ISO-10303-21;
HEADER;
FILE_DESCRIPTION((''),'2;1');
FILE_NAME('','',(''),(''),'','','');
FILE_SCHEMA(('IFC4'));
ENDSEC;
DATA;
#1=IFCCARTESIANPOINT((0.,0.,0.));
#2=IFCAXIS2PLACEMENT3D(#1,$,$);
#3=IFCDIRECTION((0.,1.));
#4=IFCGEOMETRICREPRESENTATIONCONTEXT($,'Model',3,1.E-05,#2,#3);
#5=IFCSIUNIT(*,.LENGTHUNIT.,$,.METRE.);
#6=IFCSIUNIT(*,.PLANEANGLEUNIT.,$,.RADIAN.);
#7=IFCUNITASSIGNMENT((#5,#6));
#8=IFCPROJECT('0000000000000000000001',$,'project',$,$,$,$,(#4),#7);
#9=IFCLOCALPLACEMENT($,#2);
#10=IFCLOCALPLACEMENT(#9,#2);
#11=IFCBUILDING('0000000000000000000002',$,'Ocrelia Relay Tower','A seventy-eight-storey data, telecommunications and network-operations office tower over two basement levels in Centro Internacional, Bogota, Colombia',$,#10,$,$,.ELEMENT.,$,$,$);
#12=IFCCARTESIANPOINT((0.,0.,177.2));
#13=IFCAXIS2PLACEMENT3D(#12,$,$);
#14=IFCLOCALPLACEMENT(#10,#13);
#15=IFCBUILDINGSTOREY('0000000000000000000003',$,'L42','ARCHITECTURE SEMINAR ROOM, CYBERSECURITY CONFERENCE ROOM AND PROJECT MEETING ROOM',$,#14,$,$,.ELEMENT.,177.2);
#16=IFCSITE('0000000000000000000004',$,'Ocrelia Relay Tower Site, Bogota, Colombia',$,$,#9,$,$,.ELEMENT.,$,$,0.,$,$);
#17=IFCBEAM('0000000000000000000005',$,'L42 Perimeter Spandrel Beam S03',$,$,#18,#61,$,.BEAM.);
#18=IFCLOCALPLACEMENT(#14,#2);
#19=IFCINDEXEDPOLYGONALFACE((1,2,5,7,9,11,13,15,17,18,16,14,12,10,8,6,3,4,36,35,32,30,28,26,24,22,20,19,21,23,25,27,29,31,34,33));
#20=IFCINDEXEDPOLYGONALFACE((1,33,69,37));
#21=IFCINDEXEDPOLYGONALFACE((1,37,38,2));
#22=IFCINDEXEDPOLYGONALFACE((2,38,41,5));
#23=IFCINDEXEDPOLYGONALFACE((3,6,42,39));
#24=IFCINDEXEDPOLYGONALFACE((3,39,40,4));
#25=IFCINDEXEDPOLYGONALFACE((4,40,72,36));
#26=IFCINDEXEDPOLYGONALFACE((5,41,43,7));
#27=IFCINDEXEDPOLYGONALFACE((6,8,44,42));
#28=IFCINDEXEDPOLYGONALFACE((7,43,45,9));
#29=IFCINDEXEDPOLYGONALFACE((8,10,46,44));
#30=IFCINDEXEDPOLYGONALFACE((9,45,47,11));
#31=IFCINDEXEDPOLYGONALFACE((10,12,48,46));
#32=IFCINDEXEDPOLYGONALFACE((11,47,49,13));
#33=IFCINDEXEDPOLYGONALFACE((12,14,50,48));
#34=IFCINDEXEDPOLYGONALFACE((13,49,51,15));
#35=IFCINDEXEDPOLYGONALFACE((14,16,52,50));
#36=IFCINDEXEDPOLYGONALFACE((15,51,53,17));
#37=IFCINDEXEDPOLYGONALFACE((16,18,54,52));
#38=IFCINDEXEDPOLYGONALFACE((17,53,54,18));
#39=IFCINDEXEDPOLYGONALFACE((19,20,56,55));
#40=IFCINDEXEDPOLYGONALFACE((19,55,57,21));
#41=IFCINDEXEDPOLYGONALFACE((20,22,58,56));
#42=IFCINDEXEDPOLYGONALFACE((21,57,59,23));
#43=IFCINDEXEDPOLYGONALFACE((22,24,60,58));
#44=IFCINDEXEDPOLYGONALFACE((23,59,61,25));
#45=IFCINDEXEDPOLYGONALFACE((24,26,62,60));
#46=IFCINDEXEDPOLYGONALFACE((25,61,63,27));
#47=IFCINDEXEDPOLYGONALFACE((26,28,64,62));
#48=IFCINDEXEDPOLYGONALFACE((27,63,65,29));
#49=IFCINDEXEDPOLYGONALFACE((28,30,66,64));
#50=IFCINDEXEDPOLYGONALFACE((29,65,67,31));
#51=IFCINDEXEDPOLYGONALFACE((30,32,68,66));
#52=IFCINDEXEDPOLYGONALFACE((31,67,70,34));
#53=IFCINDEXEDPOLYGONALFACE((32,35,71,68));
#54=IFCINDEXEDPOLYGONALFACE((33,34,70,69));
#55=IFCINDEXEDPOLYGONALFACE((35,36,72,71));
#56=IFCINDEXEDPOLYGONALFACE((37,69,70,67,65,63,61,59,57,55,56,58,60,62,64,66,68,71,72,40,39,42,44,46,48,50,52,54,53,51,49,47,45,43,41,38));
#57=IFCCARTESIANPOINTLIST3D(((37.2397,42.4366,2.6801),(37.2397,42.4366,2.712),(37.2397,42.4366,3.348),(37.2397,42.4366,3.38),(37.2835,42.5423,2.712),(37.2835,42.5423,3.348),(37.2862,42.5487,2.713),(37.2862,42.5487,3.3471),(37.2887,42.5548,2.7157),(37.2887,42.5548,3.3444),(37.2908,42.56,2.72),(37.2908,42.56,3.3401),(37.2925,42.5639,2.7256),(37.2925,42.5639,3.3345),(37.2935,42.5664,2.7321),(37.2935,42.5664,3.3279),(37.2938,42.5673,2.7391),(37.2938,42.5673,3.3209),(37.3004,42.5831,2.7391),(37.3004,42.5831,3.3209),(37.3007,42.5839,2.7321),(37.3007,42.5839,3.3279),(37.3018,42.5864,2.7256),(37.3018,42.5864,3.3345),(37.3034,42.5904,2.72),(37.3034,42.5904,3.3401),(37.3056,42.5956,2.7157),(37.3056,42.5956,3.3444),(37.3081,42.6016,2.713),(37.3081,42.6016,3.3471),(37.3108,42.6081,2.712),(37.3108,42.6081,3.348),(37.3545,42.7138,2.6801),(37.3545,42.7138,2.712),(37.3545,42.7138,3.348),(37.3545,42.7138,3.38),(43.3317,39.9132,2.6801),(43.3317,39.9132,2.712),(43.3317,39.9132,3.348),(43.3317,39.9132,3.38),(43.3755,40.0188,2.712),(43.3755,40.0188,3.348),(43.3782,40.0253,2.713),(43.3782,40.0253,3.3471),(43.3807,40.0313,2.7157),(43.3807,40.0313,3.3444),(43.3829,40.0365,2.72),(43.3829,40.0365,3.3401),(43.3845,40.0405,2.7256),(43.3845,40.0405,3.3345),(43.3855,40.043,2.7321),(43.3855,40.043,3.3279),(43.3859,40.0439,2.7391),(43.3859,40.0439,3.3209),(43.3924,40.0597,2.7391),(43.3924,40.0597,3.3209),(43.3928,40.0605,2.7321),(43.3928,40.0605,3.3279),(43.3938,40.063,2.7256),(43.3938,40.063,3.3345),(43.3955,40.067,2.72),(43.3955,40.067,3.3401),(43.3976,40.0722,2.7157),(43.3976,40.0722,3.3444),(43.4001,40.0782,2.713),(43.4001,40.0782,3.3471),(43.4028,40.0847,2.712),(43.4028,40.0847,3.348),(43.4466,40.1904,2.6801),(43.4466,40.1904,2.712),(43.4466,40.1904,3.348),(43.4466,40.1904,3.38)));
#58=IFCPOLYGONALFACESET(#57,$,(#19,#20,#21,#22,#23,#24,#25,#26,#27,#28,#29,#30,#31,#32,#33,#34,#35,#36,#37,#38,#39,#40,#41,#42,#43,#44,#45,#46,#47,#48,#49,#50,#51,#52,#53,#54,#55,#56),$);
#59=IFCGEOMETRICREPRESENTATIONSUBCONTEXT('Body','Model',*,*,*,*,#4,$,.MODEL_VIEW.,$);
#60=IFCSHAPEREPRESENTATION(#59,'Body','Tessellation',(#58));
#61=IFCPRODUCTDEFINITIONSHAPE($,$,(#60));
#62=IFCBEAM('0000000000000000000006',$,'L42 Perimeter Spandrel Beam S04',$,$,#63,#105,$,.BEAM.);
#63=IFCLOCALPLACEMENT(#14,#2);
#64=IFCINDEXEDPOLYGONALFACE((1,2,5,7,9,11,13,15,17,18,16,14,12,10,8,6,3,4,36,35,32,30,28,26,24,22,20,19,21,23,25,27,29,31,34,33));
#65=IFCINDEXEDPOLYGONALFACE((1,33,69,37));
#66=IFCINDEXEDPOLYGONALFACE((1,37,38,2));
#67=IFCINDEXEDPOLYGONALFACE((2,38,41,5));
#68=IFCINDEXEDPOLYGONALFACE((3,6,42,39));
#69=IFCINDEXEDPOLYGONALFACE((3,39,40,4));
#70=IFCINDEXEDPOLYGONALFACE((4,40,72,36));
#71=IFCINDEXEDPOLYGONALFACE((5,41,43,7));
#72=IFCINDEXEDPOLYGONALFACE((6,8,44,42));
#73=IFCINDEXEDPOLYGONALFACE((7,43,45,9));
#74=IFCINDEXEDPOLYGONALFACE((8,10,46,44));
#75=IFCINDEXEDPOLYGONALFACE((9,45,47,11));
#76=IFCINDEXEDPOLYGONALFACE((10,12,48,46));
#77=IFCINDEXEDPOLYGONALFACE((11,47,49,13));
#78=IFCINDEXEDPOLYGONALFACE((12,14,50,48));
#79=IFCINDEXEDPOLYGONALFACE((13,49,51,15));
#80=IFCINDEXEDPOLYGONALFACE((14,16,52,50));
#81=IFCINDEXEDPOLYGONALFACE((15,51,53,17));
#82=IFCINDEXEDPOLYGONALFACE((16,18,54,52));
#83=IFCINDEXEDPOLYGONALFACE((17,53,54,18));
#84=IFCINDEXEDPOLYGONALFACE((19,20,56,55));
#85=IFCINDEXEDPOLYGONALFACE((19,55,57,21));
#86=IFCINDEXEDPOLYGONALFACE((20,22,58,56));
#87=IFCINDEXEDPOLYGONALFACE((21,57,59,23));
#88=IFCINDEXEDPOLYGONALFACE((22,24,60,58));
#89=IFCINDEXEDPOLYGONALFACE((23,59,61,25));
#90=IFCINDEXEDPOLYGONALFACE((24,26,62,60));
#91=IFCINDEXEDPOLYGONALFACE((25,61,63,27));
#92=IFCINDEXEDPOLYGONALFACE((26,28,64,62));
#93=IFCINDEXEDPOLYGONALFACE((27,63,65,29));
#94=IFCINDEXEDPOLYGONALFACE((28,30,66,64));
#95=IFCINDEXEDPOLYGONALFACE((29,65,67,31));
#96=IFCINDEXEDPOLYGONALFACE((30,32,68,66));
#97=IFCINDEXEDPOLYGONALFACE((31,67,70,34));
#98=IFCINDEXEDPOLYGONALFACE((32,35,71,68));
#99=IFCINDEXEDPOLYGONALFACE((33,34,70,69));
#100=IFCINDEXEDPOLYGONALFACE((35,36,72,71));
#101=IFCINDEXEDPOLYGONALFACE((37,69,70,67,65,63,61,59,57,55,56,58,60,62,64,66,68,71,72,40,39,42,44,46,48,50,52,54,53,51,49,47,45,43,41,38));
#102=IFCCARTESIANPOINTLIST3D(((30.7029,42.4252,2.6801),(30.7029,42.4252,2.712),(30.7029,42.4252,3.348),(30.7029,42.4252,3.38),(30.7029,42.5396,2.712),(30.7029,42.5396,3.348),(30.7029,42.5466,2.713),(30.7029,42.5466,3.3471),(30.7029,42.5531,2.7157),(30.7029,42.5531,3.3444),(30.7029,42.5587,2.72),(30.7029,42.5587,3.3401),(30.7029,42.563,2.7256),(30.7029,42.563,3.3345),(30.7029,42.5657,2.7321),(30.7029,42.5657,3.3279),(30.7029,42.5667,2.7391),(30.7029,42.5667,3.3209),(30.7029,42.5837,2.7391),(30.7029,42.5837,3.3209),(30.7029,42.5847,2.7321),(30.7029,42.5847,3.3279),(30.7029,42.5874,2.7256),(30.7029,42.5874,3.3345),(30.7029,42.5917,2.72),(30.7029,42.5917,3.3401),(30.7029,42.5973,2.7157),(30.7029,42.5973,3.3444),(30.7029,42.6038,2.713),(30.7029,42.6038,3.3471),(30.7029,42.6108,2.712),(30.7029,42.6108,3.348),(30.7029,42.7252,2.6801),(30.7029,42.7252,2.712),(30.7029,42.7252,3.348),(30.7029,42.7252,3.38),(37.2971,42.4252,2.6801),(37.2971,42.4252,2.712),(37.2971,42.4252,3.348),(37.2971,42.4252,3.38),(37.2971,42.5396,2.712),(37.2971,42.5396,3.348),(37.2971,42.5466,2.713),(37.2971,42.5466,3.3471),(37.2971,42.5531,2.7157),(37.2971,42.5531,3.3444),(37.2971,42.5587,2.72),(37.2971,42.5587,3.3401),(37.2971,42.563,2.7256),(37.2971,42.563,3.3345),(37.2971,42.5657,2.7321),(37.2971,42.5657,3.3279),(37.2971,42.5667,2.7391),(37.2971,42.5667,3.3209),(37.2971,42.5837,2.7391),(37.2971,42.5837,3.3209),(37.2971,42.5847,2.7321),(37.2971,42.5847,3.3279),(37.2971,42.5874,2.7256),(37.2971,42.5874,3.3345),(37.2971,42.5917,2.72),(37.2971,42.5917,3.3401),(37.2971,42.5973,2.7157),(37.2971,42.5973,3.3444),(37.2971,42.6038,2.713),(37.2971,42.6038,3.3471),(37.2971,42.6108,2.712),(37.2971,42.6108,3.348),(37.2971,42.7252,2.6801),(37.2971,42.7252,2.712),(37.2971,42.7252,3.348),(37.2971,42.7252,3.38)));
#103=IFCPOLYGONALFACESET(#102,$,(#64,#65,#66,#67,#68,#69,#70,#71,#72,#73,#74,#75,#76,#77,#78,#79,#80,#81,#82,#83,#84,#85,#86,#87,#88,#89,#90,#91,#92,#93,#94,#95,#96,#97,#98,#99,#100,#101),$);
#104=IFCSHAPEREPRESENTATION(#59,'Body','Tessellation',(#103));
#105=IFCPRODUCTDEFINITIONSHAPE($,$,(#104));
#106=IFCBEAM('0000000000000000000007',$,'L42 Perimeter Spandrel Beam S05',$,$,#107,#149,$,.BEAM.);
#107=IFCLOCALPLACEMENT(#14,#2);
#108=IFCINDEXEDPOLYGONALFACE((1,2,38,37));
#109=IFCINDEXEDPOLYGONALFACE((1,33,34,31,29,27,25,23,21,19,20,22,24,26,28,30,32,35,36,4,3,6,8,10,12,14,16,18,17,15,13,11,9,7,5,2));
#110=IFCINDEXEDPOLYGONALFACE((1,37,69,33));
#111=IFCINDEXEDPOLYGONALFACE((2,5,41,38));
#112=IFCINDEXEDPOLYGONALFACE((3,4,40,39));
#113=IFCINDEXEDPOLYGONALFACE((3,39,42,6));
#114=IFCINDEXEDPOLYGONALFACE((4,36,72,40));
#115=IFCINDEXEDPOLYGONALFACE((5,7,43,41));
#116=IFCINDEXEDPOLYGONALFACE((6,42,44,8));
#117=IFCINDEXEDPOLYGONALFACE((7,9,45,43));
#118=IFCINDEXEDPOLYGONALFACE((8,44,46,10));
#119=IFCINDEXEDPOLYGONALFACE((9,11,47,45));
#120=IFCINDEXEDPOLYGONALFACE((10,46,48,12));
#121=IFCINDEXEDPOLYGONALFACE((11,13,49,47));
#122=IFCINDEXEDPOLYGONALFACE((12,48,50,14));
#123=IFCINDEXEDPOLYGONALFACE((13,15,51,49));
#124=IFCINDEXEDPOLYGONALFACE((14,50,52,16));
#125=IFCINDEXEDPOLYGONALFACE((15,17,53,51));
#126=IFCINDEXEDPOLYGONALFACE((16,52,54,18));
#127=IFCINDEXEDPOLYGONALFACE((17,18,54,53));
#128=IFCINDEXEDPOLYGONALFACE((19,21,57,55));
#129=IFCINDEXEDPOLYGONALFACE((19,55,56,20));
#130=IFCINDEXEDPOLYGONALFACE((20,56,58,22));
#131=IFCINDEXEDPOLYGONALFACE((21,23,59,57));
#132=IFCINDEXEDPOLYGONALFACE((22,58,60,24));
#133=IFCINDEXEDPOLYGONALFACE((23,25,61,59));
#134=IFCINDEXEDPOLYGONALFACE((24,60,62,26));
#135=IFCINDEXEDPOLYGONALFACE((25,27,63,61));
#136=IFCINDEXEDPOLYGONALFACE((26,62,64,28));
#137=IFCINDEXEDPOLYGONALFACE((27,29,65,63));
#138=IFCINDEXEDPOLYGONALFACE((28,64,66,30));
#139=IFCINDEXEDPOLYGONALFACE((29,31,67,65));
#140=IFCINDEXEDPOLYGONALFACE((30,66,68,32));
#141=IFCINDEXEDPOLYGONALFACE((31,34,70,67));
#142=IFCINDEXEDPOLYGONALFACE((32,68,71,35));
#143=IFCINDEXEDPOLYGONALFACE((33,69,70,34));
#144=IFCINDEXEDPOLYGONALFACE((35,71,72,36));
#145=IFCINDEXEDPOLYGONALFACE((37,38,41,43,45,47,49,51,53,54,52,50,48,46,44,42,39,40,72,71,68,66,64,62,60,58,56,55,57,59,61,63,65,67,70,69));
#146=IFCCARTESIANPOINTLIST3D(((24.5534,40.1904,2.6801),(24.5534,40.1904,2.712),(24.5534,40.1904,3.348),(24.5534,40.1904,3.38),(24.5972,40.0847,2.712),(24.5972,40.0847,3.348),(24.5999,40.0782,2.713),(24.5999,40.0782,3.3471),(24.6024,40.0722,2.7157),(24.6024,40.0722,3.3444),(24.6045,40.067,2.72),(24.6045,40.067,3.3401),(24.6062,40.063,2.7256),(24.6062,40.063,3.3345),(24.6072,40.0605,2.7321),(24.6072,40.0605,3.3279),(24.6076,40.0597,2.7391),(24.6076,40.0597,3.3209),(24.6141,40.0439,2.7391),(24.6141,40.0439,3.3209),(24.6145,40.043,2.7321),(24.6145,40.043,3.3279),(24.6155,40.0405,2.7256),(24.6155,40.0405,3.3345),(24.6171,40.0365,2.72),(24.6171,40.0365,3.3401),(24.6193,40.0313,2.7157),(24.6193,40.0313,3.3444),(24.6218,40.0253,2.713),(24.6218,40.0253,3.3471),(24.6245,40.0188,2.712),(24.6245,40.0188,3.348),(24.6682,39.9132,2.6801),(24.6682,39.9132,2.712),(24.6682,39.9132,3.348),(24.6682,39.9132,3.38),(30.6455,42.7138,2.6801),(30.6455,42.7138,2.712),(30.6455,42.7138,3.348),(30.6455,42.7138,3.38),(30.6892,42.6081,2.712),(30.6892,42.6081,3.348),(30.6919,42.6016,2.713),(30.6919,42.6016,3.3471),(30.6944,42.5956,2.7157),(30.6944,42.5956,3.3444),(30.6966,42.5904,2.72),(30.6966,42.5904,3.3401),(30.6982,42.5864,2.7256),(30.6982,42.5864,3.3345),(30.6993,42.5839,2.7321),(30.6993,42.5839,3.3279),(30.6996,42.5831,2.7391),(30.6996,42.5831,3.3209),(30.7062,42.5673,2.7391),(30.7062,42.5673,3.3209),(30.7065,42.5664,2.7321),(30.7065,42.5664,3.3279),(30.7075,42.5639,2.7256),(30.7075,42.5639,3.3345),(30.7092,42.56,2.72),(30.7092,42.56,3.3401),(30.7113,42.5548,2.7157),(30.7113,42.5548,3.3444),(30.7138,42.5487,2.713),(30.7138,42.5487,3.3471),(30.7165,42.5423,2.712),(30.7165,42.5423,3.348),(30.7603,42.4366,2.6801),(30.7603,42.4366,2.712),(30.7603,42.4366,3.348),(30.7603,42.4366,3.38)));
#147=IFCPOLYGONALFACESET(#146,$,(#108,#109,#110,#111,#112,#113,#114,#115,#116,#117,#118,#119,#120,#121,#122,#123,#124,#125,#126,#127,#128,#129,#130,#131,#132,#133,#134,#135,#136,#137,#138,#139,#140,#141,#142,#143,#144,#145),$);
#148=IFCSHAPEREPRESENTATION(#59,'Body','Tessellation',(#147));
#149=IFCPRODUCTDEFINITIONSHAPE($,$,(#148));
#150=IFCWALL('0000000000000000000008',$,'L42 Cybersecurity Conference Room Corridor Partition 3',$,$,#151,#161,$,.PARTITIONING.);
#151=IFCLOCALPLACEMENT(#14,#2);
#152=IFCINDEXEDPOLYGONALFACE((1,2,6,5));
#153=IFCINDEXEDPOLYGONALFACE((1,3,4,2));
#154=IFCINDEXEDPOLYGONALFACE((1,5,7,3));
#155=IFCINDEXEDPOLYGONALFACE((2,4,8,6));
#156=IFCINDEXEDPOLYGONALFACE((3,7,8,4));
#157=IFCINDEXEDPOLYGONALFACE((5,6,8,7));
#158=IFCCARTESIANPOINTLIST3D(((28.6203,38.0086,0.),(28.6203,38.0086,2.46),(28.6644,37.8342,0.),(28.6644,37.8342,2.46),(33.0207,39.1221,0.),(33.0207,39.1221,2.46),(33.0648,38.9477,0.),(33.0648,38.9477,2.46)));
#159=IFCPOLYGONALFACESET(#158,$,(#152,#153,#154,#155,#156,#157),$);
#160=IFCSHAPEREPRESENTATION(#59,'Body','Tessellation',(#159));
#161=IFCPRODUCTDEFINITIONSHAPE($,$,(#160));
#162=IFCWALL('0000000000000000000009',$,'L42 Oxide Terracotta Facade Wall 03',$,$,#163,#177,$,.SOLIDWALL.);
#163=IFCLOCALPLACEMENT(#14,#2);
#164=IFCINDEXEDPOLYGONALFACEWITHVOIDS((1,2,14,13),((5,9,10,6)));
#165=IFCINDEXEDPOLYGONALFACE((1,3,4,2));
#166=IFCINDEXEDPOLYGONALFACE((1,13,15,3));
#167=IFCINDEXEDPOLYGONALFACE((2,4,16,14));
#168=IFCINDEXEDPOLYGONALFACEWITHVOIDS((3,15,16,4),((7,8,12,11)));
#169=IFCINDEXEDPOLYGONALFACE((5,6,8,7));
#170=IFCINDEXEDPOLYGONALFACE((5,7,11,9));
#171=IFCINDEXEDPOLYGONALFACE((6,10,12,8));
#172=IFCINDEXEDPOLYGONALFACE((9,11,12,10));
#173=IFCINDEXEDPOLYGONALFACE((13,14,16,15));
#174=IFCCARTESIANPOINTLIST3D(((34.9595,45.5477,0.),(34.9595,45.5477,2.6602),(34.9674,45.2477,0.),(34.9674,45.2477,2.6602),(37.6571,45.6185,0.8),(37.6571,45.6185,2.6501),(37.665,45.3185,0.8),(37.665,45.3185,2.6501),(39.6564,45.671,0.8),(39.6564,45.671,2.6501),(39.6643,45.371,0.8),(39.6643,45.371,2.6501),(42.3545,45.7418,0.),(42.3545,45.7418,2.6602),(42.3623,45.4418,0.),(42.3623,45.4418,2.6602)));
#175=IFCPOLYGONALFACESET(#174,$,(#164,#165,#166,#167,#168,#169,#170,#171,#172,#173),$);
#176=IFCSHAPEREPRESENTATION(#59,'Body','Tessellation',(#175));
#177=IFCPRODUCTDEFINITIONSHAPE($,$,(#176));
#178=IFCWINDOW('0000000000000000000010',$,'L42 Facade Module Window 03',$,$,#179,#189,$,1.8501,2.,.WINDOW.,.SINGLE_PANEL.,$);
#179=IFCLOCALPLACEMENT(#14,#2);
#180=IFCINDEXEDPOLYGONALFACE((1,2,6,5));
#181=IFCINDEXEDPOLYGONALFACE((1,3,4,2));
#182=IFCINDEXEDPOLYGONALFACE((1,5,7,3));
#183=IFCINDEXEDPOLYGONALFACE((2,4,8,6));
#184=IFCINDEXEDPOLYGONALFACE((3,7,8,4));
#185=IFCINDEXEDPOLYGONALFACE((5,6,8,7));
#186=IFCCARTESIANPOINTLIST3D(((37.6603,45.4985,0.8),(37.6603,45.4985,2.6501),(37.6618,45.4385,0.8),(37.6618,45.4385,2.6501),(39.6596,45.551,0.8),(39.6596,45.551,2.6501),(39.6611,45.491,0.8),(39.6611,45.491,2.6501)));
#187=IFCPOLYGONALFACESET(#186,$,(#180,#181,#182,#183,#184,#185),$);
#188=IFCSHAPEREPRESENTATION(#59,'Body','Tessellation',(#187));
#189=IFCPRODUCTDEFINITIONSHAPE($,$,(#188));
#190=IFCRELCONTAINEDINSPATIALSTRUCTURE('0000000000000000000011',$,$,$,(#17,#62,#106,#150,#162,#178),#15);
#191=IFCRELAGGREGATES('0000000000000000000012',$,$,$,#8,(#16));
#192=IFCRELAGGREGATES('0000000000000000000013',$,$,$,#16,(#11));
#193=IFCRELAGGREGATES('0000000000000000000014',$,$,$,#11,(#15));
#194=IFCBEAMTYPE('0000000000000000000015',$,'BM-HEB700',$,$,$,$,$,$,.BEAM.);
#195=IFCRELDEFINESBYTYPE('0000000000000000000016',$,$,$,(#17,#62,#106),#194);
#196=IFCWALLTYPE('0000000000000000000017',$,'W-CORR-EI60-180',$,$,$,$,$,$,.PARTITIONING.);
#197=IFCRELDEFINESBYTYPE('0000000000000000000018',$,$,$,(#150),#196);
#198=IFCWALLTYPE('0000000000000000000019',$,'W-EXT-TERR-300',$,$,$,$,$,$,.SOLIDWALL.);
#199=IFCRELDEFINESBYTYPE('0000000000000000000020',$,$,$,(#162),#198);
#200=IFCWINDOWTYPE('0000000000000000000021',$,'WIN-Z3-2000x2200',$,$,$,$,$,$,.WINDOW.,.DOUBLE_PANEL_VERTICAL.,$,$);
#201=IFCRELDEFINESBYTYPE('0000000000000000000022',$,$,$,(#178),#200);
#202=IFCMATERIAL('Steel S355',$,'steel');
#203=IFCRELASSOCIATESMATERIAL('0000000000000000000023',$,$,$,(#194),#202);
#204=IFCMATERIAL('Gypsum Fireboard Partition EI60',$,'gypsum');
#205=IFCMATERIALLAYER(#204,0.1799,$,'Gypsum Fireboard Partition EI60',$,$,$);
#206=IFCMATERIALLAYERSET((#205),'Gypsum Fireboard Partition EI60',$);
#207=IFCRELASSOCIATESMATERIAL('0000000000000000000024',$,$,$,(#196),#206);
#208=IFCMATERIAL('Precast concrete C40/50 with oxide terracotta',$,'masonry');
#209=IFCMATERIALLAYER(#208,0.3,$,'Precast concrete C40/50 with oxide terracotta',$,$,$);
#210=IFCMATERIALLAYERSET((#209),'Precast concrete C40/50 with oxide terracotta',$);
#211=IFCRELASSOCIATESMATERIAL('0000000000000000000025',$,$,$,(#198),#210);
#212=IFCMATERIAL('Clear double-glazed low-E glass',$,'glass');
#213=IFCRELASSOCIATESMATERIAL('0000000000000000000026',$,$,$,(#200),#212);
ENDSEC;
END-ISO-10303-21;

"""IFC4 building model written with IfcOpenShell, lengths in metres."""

from ifc_helpers import new_model, si_unit, direction, frame, frame_2d, origin, origin_2d, place, context, subcontext, project, spatial, rectangle, i_section, extrude, material, layer, layer_set, material_profile, profile_set, type_object, element, fill, save


model = new_model("IFC4")

# Units and contexts
model_context = context("Model", 3, precision=1e-05, world=origin(), true_north=direction((0.0, 1.0)))
body_context = subcontext(model_context, "Body", "Model", "MODEL_VIEW")
ifc_project = project(units=[si_unit("LENGTHUNIT", "METRE"), si_unit("PLANEANGLEUNIT", "RADIAN")], contexts=[model_context])

# Site, building, storey
site_placement = place(None, origin())
site = spatial("IfcSite", under=ifc_project, at=site_placement, Name="Ocrelia Relay Tower Site, Bogota, Colombia", CompositionType="ELEMENT", RefElevation=0.0)
building_placement = place(site_placement, origin())
building = spatial("IfcBuilding", under=site, at=building_placement, Name="Ocrelia Relay Tower", Description="A seventy-eight-storey data, telecommunications and network-operations office tower over two basement levels in Centro Internacional, Bogota, Colombia", CompositionType="ELEMENT")
storey_placement = place(building_placement, frame((0.0, 0.0, 177.2)))
storey = spatial("IfcBuildingStorey", under=building, at=storey_placement, Name="L42", Description="ARCHITECTURE SEMINAR ROOM, CYBERSECURITY CONFERENCE ROOM AND PROJECT MEETING ROOM", CompositionType="ELEMENT", Elevation=177.2)

# Beams
ifc_material_1 = material(Name="Steel S355", Category="steel")
ifc_material_profile_1 = material_profile(ifc_material_1, i_section(OverallWidth=0.3, OverallDepth=0.7, WebThickness=0.0171, FlangeThickness=0.032, FilletRadius=0.0271, at=origin_2d()), Name="HEB 700")
ifc_profile_set_1 = profile_set([ifc_material_profile_1], Name="Steel S355")
beam_type_1 = type_object("IfcBeamType", Name="BM-HEB700", PredefinedType="BEAM", material=ifc_profile_set_1)
beam_1_placement = place(storey_placement, frame((43.3892, 40.0518, 3.03), z_axis=(-0.923878, 0.382688, 0.0), x_axis=(-0.382688, -0.923878, 0.0)))
element("IfcBeam", 1, at=beam_1_placement, inside=storey, type_object=beam_type_1, Name="L42 Perimeter Spandrel Beam S03", PredefinedType="BEAM", context=body_context, shape_type="SweptSolid", body=[
    extrude(i_section(OverallWidth=0.3, OverallDepth=0.7, WebThickness=0.0171, FlangeThickness=0.032, FilletRadius=0.0271, at=origin_2d()), origin(), (0.0, 0.0, 1.0), 6.594),
])
beam_2_placement = place(storey_placement, frame((37.2971, 42.5752, 3.03), z_axis=(-1.0, 0.0, 0.0), x_axis=(0.0, -1.0, 0.0)))
element("IfcBeam", 2, at=beam_2_placement, inside=storey, type_object=beam_type_1, Name="L42 Perimeter Spandrel Beam S04", PredefinedType="BEAM", context=body_context, shape_type="SweptSolid", body=[
    extrude(i_section(OverallWidth=0.3, OverallDepth=0.7, WebThickness=0.0171, FlangeThickness=0.032, FilletRadius=0.0271, at=origin_2d()), origin(), (0.0, 0.0, 1.0), 6.5942),
])
beam_3_placement = place(storey_placement, frame((30.7029, 42.5752, 3.03), z_axis=(-0.923878, -0.382688, 0.0), x_axis=(0.382688, -0.923878, 0.0)))
element("IfcBeam", 3, at=beam_3_placement, inside=storey, type_object=beam_type_1, Name="L42 Perimeter Spandrel Beam S05", PredefinedType="BEAM", context=body_context, shape_type="SweptSolid", body=[
    extrude(i_section(OverallWidth=0.3, OverallDepth=0.7, WebThickness=0.0171, FlangeThickness=0.032, FilletRadius=0.0271, at=origin_2d()), origin(), (0.0, 0.0, 1.0), 6.594),
])

# Wall
ifc_material_2 = material(Name="Gypsum Fireboard Partition EI60", Category="gypsum")
ifc_layer_1 = layer(ifc_material_2, 0.1799, Name="Gypsum Fireboard Partition EI60")
ifc_layer_set_1 = layer_set([ifc_layer_1], Name="Gypsum Fireboard Partition EI60")
wall_type_1 = type_object("IfcWallType", Name="W-CORR-EI60-180", PredefinedType="PARTITIONING", material=ifc_layer_set_1)
wall_1_placement = place(storey_placement, frame((33.0427, 39.0349, 0.0), z_axis=(0.0, 0.0, 1.0), x_axis=(-0.969442, -0.245319, 0.0)))
element("IfcWall", 4, at=wall_1_placement, inside=storey, type_object=wall_type_1, Name="L42 Cybersecurity Conference Room Corridor Partition 3", PredefinedType="PARTITIONING", context=body_context, shape_type="SweptSolid", body=[
    extrude(rectangle(XDim=4.5391, YDim=0.1799, at=frame_2d((2.2695, 0.0))), origin(), (0.0, 0.0, 1.0), 2.46),
])

# Wall, opening, window
ifc_material_3 = material(Name="Precast concrete C40/50 with oxide terracotta", Category="masonry")
ifc_layer_2 = layer(ifc_material_3, 0.3, Name="Precast concrete C40/50 with oxide terracotta")
ifc_layer_set_2 = layer_set([ifc_layer_2], Name="Precast concrete C40/50 with oxide terracotta")
wall_type_2 = type_object("IfcWallType", Name="W-EXT-TERR-300", PredefinedType="SOLIDWALL", material=ifc_layer_set_2)
wall_2_placement = place(storey_placement, frame((42.3584, 45.5918, 0.0), z_axis=(0.0, 0.0, 1.0), x_axis=(-0.999656, -0.026237, 0.0)))
wall_2 = element("IfcWall", 5, at=wall_2_placement, inside=storey, type_object=wall_type_2, Name="L42 Oxide Terracotta Facade Wall 03", PredefinedType="SOLIDWALL", context=body_context, shape_type="SweptSolid", body=[
    extrude(rectangle(XDim=7.3975, YDim=0.3, at=frame_2d((3.6987, 0.0))), origin(), (0.0, 0.0, 1.0), 2.6602),
])
opening_1_placement = place(wall_2_placement, frame((2.699, 0.0, 0.8)))
opening_1 = element("IfcOpeningElement", 6, at=opening_1_placement, cuts=wall_2, PredefinedType="OPENING", context=body_context, shape_type="SweptSolid", body=[
    extrude(rectangle(XDim=2.0, YDim=1.8501, at=frame_2d((1.0, 0.925))), frame((0.0, 0.1602, 0.0), z_axis=(0.0, -1.0, 0.0), x_axis=(1.0, 0.0, 0.0)), (0.0, 0.0, 1.0), 0.3201),
])
ifc_material_4 = material(Name="Clear double-glazed low-E glass", Category="glass")
window_type = type_object("IfcWindowType", Name="WIN-Z3-2000x2200", PartitioningType="DOUBLE_PANEL_VERTICAL", PredefinedType="WINDOW", material=ifc_material_4)
window_1_placement = place(opening_1_placement, origin())
window_1 = element("IfcWindow", 7, at=window_1_placement, inside=storey, type_object=window_type, Name="L42 Facade Module Window 03", OverallHeight=1.8501, OverallWidth=2.0, PartitioningType="SINGLE_PANEL", PredefinedType="WINDOW", context=body_context, shape_type="SweptSolid", body=[
    extrude(rectangle(XDim=2.0, YDim=1.8501, at=frame_2d((1.0, 0.925))), frame((0.0, 0.03, 0.0), z_axis=(0.0, -1.0, 0.0), x_axis=(1.0, 0.0, 0.0)), (0.0, 0.0, 1.0), 0.0601),
])
fill(opening_1, window_1)

save(model, "model.ifc")
